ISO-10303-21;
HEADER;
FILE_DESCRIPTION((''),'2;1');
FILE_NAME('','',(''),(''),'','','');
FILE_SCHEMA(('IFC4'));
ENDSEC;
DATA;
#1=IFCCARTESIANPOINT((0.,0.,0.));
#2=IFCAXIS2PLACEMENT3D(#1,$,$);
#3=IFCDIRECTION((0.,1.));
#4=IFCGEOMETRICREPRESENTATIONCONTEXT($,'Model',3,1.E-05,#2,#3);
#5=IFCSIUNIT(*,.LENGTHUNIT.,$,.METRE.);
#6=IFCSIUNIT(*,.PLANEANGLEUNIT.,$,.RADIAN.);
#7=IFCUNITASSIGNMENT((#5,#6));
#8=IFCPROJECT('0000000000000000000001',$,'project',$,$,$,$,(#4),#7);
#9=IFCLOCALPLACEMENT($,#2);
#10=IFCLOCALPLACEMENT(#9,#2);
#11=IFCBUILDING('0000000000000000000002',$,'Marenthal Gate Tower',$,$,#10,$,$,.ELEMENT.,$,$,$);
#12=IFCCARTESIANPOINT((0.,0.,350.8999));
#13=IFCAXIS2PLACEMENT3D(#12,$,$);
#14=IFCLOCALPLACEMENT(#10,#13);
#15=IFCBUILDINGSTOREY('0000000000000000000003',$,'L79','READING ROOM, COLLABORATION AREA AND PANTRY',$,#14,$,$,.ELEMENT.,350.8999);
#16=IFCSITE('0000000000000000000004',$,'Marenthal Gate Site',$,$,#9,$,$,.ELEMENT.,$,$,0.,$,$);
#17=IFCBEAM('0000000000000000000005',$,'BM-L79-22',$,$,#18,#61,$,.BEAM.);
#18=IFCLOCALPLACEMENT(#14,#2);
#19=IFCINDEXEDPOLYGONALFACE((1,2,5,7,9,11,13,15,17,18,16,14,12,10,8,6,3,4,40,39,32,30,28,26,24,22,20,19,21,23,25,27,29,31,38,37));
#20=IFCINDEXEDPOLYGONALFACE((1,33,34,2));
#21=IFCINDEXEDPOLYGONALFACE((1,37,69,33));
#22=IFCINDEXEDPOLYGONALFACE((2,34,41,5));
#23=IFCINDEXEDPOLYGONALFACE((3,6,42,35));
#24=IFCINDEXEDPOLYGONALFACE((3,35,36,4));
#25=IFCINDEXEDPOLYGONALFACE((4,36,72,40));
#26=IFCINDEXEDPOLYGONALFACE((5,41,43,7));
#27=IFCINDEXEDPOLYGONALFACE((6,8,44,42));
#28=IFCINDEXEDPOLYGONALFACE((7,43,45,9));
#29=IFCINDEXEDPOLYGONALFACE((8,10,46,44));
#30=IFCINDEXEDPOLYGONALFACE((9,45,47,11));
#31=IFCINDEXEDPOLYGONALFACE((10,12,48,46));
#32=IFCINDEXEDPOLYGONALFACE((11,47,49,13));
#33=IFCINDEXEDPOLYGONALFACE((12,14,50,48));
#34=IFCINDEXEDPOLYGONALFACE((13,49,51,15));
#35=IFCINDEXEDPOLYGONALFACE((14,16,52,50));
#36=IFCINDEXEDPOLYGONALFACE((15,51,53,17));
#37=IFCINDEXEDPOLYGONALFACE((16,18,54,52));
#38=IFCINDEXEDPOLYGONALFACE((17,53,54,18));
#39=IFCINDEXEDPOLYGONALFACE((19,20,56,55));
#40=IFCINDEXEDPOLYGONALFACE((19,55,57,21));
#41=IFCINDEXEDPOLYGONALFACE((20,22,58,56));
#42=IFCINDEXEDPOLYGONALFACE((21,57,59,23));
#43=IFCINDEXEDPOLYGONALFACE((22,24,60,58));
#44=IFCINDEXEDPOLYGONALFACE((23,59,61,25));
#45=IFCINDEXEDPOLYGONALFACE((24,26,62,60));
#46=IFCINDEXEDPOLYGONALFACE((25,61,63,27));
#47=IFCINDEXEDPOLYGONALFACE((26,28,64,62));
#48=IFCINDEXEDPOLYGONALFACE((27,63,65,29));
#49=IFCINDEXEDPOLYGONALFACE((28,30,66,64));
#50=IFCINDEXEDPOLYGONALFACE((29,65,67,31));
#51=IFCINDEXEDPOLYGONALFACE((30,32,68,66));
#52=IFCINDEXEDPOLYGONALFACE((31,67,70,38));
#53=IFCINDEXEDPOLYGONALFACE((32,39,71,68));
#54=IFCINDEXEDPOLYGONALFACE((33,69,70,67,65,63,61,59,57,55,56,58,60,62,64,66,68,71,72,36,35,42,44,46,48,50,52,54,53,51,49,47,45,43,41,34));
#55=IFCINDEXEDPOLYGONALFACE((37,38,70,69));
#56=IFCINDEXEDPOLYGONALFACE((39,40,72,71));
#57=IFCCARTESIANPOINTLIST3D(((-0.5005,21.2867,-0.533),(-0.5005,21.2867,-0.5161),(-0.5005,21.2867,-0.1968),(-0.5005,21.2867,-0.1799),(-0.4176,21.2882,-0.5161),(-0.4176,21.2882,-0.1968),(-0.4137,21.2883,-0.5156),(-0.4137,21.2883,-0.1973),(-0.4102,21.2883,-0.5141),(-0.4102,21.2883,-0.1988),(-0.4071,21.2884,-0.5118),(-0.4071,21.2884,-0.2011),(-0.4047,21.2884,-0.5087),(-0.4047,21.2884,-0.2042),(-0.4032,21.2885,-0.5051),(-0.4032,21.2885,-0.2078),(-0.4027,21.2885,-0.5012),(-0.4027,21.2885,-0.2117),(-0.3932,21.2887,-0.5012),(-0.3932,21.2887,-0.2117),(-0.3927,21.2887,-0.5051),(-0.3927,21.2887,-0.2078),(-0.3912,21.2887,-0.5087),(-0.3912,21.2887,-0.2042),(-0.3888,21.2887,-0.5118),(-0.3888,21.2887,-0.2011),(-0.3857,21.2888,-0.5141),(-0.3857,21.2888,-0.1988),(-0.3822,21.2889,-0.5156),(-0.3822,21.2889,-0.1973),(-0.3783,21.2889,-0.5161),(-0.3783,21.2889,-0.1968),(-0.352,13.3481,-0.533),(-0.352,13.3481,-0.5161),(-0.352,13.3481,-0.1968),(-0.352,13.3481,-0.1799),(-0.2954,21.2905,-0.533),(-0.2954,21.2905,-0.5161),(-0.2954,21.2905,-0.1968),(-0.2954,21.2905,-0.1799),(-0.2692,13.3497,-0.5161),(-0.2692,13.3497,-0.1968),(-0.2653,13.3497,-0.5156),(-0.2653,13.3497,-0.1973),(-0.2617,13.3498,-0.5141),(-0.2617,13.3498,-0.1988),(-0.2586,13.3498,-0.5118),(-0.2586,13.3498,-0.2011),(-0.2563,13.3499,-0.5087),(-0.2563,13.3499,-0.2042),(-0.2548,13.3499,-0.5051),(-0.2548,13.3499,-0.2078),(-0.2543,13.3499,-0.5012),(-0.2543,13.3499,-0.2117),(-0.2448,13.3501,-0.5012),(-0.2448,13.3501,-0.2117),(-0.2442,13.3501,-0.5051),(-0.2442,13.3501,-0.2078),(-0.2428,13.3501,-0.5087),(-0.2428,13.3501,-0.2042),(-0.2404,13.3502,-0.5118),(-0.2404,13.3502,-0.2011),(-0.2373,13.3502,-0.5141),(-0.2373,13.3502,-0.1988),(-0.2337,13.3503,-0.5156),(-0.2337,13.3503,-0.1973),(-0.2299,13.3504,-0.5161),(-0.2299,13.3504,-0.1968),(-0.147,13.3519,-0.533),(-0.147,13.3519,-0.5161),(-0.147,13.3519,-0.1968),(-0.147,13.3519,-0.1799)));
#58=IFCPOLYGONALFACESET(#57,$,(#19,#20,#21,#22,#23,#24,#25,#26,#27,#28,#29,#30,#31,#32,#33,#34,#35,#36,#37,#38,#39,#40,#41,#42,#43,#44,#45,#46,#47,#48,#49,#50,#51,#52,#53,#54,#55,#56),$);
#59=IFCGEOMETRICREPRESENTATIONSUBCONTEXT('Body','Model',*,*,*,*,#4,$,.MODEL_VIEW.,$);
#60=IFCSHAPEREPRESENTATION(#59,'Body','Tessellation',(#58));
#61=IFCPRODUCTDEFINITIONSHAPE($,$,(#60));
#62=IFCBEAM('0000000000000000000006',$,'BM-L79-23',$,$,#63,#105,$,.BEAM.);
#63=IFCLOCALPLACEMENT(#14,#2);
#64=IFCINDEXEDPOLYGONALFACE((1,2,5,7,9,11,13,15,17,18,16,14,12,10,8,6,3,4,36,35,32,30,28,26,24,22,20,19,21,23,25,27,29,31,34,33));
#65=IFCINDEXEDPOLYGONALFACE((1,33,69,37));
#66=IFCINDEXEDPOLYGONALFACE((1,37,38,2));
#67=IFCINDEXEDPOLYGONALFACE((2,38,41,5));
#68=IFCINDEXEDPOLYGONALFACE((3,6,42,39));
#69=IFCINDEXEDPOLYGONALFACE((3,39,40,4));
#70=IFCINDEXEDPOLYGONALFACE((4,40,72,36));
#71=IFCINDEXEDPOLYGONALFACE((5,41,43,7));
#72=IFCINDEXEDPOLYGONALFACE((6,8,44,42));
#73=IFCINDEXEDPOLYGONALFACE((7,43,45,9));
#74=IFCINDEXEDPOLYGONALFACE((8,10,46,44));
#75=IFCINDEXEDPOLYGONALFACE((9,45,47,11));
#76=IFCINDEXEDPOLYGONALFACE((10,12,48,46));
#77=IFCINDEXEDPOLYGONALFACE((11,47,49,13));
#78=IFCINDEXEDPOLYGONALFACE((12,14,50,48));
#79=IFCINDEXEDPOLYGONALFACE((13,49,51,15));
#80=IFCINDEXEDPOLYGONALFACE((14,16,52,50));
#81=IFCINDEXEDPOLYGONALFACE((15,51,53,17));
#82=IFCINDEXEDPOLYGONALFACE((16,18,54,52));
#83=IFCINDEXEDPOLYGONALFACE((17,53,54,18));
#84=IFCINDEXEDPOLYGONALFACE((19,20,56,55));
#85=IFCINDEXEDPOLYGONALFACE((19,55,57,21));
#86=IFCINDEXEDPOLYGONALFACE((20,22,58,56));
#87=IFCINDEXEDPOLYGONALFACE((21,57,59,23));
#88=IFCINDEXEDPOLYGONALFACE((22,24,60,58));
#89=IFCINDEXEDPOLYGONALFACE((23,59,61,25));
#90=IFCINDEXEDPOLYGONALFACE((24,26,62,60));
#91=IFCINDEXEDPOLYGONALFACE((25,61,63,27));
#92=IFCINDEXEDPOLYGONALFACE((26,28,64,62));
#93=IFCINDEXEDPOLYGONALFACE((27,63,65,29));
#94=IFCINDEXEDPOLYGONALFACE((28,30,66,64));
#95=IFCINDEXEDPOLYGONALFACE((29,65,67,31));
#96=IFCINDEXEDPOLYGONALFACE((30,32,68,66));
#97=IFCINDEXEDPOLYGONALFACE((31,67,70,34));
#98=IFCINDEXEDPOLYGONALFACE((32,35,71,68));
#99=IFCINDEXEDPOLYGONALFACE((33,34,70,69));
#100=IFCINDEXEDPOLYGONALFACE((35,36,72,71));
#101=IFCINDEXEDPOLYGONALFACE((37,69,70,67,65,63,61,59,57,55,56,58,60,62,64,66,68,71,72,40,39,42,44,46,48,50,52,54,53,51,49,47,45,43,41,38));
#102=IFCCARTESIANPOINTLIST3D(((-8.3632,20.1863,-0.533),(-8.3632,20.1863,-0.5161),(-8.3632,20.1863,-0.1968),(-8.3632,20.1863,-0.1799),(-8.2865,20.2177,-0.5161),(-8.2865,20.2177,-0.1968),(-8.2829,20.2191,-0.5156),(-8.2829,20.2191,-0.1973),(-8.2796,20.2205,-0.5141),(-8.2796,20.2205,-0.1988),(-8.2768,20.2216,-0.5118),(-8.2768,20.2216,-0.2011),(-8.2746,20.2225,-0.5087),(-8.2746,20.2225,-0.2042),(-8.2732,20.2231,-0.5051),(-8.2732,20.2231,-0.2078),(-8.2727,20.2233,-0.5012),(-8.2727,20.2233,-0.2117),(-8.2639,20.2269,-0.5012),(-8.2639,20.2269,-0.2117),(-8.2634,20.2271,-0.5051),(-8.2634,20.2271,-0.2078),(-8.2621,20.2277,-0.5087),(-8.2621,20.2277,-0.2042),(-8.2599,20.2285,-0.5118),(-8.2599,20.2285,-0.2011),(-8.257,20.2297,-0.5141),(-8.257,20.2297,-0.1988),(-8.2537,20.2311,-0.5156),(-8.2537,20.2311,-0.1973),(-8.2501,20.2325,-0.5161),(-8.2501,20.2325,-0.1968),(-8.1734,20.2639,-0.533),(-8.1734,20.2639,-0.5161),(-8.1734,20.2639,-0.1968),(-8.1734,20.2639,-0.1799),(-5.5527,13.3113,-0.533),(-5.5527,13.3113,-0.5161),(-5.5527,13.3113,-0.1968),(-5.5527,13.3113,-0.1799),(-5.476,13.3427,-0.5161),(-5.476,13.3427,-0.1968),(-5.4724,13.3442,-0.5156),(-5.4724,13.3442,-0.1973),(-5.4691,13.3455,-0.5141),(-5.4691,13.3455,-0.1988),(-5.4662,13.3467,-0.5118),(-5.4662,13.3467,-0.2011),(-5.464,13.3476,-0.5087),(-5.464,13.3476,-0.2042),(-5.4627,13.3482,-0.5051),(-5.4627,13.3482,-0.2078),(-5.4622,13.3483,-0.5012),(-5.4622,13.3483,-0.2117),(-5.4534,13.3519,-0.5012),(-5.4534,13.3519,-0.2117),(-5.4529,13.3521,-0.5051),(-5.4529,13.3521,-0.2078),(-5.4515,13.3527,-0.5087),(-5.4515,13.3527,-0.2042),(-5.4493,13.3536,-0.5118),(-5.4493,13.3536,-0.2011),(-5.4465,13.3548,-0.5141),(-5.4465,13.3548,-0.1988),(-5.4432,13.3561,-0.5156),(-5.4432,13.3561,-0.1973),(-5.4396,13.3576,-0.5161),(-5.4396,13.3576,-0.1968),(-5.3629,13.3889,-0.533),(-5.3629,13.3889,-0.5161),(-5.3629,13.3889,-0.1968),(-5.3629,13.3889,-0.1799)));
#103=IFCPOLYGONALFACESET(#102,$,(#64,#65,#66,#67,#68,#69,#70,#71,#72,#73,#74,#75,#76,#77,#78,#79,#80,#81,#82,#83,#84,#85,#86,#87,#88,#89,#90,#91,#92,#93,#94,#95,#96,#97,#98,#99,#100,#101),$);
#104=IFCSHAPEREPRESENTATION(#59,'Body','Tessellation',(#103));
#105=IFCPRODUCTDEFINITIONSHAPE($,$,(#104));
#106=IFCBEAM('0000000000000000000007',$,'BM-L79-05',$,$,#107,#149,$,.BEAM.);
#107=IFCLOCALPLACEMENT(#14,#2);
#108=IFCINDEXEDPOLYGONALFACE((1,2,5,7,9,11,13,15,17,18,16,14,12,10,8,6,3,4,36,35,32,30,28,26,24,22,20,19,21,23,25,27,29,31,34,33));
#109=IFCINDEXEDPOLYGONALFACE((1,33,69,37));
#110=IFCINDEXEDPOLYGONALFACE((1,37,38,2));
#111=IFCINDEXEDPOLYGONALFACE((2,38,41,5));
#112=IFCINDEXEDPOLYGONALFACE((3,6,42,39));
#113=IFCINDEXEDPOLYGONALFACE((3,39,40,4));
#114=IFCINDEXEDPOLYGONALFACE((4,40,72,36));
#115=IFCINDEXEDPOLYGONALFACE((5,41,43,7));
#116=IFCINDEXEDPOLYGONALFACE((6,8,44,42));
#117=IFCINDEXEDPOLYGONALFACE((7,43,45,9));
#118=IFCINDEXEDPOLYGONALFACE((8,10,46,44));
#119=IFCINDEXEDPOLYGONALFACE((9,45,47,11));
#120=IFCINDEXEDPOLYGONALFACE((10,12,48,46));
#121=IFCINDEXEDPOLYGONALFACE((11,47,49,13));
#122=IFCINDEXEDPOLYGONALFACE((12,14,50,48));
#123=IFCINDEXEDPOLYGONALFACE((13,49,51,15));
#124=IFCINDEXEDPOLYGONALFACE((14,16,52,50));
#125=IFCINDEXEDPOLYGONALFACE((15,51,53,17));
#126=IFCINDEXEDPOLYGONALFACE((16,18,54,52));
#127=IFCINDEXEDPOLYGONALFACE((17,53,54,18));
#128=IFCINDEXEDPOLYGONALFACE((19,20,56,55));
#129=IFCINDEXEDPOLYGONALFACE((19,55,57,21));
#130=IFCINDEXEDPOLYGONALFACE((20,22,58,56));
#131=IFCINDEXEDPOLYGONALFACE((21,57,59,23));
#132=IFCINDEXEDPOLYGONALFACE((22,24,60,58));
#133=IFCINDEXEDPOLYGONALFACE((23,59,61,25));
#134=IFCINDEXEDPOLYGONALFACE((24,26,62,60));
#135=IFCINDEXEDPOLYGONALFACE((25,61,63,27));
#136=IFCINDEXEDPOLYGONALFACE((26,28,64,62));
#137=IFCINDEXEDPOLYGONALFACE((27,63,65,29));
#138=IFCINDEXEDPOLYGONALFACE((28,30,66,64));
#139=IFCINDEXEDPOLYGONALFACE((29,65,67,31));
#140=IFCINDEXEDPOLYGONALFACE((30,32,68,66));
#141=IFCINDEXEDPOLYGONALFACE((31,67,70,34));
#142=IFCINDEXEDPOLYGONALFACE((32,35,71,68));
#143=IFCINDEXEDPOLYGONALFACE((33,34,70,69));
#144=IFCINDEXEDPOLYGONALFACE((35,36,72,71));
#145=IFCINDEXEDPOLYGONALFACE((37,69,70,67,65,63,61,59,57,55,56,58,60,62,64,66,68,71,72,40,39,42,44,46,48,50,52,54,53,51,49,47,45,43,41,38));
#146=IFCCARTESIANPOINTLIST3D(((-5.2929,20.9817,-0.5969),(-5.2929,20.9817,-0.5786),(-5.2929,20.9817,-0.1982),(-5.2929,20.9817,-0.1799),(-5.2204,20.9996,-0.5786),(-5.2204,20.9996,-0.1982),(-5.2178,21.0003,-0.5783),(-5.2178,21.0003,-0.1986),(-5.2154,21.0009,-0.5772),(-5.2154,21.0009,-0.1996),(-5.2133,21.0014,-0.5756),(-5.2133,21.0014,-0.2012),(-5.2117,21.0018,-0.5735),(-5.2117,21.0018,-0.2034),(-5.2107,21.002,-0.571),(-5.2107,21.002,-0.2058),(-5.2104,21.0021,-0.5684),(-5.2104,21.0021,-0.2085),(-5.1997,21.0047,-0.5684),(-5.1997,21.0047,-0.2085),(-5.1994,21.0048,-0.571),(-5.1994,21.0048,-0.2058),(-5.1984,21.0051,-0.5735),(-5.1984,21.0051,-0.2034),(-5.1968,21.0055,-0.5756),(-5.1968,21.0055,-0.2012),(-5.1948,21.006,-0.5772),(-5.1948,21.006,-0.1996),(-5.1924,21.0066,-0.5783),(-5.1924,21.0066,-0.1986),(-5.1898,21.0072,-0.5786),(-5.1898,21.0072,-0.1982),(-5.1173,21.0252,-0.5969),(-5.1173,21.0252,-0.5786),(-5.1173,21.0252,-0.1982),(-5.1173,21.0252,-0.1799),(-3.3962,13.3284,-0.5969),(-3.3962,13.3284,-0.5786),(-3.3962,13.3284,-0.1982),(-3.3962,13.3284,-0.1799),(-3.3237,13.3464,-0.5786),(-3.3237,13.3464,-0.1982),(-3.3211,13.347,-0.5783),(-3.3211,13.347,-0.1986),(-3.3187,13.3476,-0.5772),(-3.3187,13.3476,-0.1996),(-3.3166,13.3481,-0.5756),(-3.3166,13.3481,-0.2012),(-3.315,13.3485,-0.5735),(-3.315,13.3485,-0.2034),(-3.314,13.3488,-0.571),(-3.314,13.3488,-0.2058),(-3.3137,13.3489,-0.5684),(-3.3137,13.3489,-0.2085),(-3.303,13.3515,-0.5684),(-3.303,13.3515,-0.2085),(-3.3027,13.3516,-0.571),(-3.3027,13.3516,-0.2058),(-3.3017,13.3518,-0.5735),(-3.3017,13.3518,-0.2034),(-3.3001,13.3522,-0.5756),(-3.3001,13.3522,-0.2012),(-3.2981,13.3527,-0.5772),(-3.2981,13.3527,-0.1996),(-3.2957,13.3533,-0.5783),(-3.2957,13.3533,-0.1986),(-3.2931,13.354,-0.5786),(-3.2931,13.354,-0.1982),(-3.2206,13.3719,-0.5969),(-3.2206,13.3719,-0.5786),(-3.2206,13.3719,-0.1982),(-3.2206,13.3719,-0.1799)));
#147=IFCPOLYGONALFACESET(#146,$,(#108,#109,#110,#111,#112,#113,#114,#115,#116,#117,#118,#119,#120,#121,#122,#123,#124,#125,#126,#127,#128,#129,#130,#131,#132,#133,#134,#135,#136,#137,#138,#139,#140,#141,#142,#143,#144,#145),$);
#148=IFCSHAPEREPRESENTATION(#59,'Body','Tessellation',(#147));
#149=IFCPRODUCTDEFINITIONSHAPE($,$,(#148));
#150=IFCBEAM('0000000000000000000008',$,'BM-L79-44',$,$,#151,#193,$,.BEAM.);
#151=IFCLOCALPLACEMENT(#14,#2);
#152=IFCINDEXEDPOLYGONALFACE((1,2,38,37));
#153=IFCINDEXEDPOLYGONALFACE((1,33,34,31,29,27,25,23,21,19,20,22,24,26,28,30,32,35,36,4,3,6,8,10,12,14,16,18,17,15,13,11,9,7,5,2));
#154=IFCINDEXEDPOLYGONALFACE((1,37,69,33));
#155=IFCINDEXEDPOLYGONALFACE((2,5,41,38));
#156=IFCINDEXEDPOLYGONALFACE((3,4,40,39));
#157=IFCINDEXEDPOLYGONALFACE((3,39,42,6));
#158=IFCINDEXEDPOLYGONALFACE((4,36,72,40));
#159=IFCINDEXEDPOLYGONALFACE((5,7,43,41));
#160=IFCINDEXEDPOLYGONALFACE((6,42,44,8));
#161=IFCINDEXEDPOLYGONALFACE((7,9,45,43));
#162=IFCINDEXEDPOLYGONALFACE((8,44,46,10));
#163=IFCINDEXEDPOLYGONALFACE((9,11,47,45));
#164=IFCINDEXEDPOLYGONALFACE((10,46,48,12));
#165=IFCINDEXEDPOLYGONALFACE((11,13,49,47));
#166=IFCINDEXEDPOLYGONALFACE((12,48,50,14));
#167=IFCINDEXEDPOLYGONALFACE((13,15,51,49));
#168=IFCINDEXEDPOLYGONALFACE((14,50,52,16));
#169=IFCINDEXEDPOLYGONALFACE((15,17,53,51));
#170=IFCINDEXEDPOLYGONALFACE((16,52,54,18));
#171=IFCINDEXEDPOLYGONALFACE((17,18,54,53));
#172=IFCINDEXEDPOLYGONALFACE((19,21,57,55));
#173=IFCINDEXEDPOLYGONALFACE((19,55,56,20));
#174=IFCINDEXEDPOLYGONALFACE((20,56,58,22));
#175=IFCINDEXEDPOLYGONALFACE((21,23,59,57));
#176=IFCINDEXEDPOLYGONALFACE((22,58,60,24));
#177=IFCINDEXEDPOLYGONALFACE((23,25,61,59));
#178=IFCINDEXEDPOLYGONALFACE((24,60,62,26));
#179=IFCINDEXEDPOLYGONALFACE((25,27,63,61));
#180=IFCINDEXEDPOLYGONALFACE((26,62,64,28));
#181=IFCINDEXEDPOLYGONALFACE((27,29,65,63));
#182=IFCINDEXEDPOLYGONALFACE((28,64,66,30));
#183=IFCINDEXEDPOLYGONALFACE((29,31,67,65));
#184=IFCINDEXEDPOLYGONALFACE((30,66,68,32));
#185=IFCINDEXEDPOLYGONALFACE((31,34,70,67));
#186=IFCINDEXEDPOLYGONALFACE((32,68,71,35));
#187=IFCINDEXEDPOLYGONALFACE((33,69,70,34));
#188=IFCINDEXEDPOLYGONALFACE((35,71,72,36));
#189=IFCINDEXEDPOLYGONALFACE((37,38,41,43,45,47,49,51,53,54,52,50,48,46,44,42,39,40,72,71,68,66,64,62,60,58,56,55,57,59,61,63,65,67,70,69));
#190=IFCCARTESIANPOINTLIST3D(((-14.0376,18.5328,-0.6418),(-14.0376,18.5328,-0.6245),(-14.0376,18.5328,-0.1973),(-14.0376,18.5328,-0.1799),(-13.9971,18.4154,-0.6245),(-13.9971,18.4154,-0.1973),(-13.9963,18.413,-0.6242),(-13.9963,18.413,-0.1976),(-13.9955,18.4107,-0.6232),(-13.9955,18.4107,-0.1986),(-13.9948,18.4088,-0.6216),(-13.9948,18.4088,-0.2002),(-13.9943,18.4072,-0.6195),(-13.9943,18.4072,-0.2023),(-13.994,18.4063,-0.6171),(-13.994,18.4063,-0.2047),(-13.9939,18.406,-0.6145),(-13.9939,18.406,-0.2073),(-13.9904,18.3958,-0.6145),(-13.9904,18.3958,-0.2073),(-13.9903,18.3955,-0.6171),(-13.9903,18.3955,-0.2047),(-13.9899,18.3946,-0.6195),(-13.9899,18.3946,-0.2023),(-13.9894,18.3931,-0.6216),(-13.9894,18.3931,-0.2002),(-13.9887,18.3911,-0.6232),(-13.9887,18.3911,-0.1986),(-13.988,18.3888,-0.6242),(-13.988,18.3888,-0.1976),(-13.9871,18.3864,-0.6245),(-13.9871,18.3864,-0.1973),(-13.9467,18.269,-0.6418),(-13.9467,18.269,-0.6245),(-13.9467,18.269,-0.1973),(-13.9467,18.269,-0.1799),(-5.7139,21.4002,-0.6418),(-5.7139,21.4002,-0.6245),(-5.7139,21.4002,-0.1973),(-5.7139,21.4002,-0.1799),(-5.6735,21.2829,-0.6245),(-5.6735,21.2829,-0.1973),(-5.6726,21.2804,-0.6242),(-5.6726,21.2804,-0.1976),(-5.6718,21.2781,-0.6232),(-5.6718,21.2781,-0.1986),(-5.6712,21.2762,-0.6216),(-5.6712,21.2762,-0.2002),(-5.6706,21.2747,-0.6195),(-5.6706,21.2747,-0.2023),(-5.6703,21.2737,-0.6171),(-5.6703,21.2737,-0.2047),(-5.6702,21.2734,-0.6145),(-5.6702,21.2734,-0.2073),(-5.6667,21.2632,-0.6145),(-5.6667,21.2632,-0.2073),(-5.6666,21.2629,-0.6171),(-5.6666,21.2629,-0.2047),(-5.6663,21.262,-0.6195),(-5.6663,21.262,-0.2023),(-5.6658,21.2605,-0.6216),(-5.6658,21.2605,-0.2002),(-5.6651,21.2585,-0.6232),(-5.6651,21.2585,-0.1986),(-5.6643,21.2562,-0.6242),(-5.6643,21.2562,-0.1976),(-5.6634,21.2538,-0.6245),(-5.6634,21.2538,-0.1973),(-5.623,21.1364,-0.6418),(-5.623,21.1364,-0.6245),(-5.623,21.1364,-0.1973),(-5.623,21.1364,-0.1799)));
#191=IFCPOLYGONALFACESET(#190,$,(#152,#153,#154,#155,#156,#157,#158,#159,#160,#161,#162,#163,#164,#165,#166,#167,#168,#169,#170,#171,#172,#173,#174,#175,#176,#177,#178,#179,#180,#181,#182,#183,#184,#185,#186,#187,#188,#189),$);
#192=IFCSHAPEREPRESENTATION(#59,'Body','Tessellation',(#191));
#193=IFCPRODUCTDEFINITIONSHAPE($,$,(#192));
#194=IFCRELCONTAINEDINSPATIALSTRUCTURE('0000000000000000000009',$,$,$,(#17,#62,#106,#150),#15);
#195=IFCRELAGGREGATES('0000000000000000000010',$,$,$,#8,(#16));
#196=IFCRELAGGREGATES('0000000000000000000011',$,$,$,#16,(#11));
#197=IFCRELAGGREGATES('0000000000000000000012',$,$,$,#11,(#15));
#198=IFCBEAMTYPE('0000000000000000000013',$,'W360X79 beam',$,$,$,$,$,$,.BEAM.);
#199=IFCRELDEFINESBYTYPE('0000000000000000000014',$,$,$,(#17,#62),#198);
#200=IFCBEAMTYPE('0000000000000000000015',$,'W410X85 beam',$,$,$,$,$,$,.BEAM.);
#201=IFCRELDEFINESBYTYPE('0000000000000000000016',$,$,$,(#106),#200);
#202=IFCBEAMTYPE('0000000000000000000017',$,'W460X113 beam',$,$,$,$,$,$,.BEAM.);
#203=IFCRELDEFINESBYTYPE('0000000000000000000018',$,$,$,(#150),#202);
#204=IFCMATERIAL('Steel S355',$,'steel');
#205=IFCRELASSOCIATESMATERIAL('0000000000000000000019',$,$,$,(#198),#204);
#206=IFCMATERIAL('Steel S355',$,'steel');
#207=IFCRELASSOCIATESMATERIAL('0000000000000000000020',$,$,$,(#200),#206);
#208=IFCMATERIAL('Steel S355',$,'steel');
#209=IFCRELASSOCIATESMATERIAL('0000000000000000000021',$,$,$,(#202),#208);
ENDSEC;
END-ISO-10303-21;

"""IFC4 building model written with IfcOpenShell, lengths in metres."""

from ifc_helpers import new_model, si_unit, direction, frame, origin, origin_2d, place, context, subcontext, project, spatial, i_section, extrude, material, material_profile, profile_set, type_object, element, save


model = new_model("IFC4")

# Units and contexts
model_context = context("Model", 3, precision=1e-05, world=origin(), true_north=direction((0.0, 1.0)))
body_context = subcontext(model_context, "Body", "Model", "MODEL_VIEW")
ifc_project = project(units=[si_unit("LENGTHUNIT", "METRE"), si_unit("PLANEANGLEUNIT", "RADIAN")], contexts=[model_context])

# Site, building, storey
site_placement = place(None, origin())
site = spatial("IfcSite", under=ifc_project, at=site_placement, Name="Marenthal Gate Site", CompositionType="ELEMENT", RefElevation=0.0)
building_placement = place(site_placement, origin())
building = spatial("IfcBuilding", under=site, at=building_placement, Name="Marenthal Gate Tower", CompositionType="ELEMENT")
storey_placement = place(building_placement, frame((0.0, 0.0, 350.8999)))
storey = spatial("IfcBuildingStorey", under=building, at=storey_placement, Name="L79", Description="READING ROOM, COLLABORATION AREA AND PANTRY", CompositionType="ELEMENT", Elevation=350.8999)

# Beams
ifc_material_1 = material(Name="Steel S355", Category="steel")
ifc_material_profile_1 = material_profile(ifc_material_1, i_section(OverallWidth=0.2051, OverallDepth=0.353, WebThickness=0.0095, FlangeThickness=0.0168, FilletRadius=0.0149, at=origin_2d()), Name="W360X79")
ifc_profile_set_1 = profile_set([ifc_material_profile_1], Name="Steel S355")
beam_type_1 = type_object("IfcBeamType", Name="W360X79 beam", PredefinedType="BEAM", material=ifc_profile_set_1)
beam_1_placement = place(storey_placement, frame((-0.3979, 21.2886, -0.3564), z_axis=(0.018695, -0.999825, 0.0), x_axis=(0.999825, 0.018695, 0.0)))
element("IfcBeam", 1, at=beam_1_placement, inside=storey, type_object=beam_type_1, Name="BM-L79-22", PredefinedType="BEAM", context=body_context, shape_type="SweptSolid", body=[
    extrude(i_section(OverallWidth=0.2051, OverallDepth=0.353, WebThickness=0.0095, FlangeThickness=0.0168, FilletRadius=0.0149, at=origin_2d()), origin(), (0.0, 0.0, 1.0), 7.9399),
])
beam_2_placement = place(storey_placement, frame((-8.2683, 20.2251, -0.3564), z_axis=(0.378408, -0.925639, 0.0), x_axis=(0.925639, 0.378408, 0.0)))
element("IfcBeam", 2, at=beam_2_placement, inside=storey, type_object=beam_type_1, Name="BM-L79-23", PredefinedType="BEAM", context=body_context, shape_type="SweptSolid", body=[
    extrude(i_section(OverallWidth=0.2051, OverallDepth=0.353, WebThickness=0.0095, FlangeThickness=0.0168, FilletRadius=0.0149, at=origin_2d()), origin(), (0.0, 0.0, 1.0), 7.4272),
])
ifc_material_2 = material(Name="Steel S355", Category="steel")
ifc_material_profile_2 = material_profile(ifc_material_2, i_section(OverallWidth=0.1809, OverallDepth=0.417, WebThickness=0.011, FlangeThickness=0.0183, FilletRadius=0.0103, at=origin_2d()), Name="W410X85")
ifc_profile_set_2 = profile_set([ifc_material_profile_2], Name="Steel S355")
beam_type_2 = type_object("IfcBeamType", Name="W410X85 beam", PredefinedType="BEAM", material=ifc_profile_set_2)
beam_3_placement = place(storey_placement, frame((-5.2051, 21.0034, -0.3884), z_axis=(0.240553, -0.970636, 0.0), x_axis=(0.970636, 0.240553, 0.0)))
element("IfcBeam", 3, at=beam_3_placement, inside=storey, type_object=beam_type_2, Name="BM-L79-05", PredefinedType="BEAM", context=body_context, shape_type="SweptSolid", body=[
    extrude(i_section(OverallWidth=0.1809, OverallDepth=0.417, WebThickness=0.011, FlangeThickness=0.0183, FilletRadius=0.0103, at=origin_2d()), origin(), (0.0, 0.0, 1.0), 7.8848),
])
ifc_material_3 = material(Name="Steel S355", Category="steel")
ifc_material_profile_3 = material_profile(ifc_material_3, i_section(OverallWidth=0.2791, OverallDepth=0.4619, WebThickness=0.0107, FlangeThickness=0.0173, FilletRadius=0.01, at=origin_2d()), Name="W460X113")
ifc_profile_set_3 = profile_set([ifc_material_profile_3], Name="Steel S355")
beam_type_3 = type_object("IfcBeamType", Name="W460X113 beam", PredefinedType="BEAM", material=ifc_profile_set_3)
beam_4_placement = place(storey_placement, frame((-5.6685, 21.2683, -0.4109), z_axis=(-0.945472, -0.325704, 0.0), x_axis=(0.325704, -0.945472, 0.0)))
element("IfcBeam", 4, at=beam_4_placement, inside=storey, type_object=beam_type_3, Name="BM-L79-44", PredefinedType="BEAM", context=body_context, shape_type="SweptSolid", body=[
    extrude(i_section(OverallWidth=0.2791, OverallDepth=0.4619, WebThickness=0.0107, FlangeThickness=0.0173, FilletRadius=0.01, at=origin_2d()), origin(), (0.0, 0.0, 1.0), 8.8037),
])

save(model, "model.ifc")
